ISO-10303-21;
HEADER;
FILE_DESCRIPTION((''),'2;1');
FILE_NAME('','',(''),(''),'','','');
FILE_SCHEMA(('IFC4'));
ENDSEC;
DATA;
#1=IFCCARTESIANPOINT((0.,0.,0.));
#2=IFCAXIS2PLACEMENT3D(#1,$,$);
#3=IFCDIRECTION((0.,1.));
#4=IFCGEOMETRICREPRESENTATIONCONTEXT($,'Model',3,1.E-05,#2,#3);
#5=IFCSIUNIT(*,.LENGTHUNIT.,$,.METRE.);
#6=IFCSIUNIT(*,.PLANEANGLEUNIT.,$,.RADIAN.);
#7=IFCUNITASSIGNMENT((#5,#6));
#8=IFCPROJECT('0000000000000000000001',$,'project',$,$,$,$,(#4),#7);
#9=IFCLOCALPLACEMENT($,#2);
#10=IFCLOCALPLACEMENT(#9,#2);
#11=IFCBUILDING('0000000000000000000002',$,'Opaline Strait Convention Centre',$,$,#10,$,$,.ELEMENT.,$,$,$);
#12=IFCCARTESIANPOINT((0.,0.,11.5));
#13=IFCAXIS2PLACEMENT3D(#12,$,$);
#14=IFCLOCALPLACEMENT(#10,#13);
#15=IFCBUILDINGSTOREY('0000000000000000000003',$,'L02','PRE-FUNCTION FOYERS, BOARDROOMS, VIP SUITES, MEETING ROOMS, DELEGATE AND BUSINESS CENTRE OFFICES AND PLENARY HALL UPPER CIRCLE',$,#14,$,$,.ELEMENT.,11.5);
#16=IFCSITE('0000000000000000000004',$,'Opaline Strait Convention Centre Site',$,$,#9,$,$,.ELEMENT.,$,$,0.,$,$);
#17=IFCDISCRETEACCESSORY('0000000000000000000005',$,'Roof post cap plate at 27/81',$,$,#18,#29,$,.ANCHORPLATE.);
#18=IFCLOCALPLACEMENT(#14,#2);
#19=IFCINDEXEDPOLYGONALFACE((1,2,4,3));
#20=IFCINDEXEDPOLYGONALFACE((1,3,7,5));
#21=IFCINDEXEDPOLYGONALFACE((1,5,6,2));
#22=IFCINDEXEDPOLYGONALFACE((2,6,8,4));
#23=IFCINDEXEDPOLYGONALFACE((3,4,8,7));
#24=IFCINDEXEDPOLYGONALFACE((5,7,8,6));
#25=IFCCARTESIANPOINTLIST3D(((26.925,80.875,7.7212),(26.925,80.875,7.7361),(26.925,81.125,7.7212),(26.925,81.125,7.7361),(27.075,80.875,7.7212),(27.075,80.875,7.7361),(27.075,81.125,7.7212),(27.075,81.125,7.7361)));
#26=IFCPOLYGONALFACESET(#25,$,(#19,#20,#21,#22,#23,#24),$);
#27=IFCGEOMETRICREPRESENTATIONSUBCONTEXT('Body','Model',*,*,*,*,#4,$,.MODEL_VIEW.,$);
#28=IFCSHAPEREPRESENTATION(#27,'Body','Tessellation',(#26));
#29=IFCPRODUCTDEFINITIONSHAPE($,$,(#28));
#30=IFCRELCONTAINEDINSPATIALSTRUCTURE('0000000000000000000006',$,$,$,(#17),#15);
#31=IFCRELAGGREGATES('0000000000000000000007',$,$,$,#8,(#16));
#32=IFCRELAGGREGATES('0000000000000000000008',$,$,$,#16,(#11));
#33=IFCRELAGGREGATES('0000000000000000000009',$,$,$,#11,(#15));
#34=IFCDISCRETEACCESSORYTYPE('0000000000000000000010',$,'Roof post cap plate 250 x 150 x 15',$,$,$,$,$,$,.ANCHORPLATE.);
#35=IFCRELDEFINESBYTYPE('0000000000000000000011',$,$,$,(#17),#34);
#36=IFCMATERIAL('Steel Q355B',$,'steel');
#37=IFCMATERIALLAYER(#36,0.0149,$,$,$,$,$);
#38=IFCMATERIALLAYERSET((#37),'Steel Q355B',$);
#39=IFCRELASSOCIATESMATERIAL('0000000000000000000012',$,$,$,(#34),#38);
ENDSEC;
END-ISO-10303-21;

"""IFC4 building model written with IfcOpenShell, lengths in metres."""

from ifc_helpers import new_model, si_unit, direction, frame, origin, origin_2d, place, context, subcontext, project, spatial, rectangle, extrude, material, layer, layer_set, type_object, element, save


model = new_model("IFC4")

# Units and contexts
model_context = context("Model", 3, precision=1e-05, world=origin(), true_north=direction((0.0, 1.0)))
body_context = subcontext(model_context, "Body", "Model", "MODEL_VIEW")
ifc_project = project(units=[si_unit("LENGTHUNIT", "METRE"), si_unit("PLANEANGLEUNIT", "RADIAN")], contexts=[model_context])

# Site, building, storey
site_placement = place(None, origin())
site = spatial("IfcSite", under=ifc_project, at=site_placement, Name="Opaline Strait Convention Centre Site", CompositionType="ELEMENT", RefElevation=0.0)
building_placement = place(site_placement, origin())
building = spatial("IfcBuilding", under=site, at=building_placement, Name="Opaline Strait Convention Centre", CompositionType="ELEMENT")
storey_placement = place(building_placement, frame((0.0, 0.0, 11.5)))
storey = spatial("IfcBuildingStorey", under=building, at=storey_placement, Name="L02", Description="PRE-FUNCTION FOYERS, BOARDROOMS, VIP SUITES, MEETING ROOMS, DELEGATE AND BUSINESS CENTRE OFFICES AND PLENARY HALL UPPER CIRCLE", CompositionType="ELEMENT", Elevation=11.5)

# Shared definitions
ifc_material_1 = material(Name="Steel Q355B", Category="steel")

# Discrete accessory
ifc_layer_1 = layer(ifc_material_1, 0.0149)
ifc_layer_set_1 = layer_set([ifc_layer_1], Name="Steel Q355B")
discrete_accessory_type_1 = type_object("IfcDiscreteAccessoryType", Name="Roof post cap plate 250 x 150 x 15", PredefinedType="ANCHORPLATE", material=ifc_layer_set_1)
for number, where, z_axis, x_axis, name in (
    (1, (27.0, 81.0, 7.7212), (0.0, 0.0, 1.0), (1.0, 0.0, 0.0), "Roof post cap plate at 27/81"),
):
    element("IfcDiscreteAccessory", number, at=place(storey_placement, frame(where, z_axis=z_axis, x_axis=x_axis)), inside=storey, type_object=discrete_accessory_type_1, Name=name, PredefinedType="ANCHORPLATE", context=body_context, shape_type="SweptSolid", body=[
        extrude(rectangle(XDim=0.1499, YDim=0.25, at=origin_2d()), origin(), (0.0, 0.0, 1.0), 0.0149),
    ])

save(model, "model.ifc")
